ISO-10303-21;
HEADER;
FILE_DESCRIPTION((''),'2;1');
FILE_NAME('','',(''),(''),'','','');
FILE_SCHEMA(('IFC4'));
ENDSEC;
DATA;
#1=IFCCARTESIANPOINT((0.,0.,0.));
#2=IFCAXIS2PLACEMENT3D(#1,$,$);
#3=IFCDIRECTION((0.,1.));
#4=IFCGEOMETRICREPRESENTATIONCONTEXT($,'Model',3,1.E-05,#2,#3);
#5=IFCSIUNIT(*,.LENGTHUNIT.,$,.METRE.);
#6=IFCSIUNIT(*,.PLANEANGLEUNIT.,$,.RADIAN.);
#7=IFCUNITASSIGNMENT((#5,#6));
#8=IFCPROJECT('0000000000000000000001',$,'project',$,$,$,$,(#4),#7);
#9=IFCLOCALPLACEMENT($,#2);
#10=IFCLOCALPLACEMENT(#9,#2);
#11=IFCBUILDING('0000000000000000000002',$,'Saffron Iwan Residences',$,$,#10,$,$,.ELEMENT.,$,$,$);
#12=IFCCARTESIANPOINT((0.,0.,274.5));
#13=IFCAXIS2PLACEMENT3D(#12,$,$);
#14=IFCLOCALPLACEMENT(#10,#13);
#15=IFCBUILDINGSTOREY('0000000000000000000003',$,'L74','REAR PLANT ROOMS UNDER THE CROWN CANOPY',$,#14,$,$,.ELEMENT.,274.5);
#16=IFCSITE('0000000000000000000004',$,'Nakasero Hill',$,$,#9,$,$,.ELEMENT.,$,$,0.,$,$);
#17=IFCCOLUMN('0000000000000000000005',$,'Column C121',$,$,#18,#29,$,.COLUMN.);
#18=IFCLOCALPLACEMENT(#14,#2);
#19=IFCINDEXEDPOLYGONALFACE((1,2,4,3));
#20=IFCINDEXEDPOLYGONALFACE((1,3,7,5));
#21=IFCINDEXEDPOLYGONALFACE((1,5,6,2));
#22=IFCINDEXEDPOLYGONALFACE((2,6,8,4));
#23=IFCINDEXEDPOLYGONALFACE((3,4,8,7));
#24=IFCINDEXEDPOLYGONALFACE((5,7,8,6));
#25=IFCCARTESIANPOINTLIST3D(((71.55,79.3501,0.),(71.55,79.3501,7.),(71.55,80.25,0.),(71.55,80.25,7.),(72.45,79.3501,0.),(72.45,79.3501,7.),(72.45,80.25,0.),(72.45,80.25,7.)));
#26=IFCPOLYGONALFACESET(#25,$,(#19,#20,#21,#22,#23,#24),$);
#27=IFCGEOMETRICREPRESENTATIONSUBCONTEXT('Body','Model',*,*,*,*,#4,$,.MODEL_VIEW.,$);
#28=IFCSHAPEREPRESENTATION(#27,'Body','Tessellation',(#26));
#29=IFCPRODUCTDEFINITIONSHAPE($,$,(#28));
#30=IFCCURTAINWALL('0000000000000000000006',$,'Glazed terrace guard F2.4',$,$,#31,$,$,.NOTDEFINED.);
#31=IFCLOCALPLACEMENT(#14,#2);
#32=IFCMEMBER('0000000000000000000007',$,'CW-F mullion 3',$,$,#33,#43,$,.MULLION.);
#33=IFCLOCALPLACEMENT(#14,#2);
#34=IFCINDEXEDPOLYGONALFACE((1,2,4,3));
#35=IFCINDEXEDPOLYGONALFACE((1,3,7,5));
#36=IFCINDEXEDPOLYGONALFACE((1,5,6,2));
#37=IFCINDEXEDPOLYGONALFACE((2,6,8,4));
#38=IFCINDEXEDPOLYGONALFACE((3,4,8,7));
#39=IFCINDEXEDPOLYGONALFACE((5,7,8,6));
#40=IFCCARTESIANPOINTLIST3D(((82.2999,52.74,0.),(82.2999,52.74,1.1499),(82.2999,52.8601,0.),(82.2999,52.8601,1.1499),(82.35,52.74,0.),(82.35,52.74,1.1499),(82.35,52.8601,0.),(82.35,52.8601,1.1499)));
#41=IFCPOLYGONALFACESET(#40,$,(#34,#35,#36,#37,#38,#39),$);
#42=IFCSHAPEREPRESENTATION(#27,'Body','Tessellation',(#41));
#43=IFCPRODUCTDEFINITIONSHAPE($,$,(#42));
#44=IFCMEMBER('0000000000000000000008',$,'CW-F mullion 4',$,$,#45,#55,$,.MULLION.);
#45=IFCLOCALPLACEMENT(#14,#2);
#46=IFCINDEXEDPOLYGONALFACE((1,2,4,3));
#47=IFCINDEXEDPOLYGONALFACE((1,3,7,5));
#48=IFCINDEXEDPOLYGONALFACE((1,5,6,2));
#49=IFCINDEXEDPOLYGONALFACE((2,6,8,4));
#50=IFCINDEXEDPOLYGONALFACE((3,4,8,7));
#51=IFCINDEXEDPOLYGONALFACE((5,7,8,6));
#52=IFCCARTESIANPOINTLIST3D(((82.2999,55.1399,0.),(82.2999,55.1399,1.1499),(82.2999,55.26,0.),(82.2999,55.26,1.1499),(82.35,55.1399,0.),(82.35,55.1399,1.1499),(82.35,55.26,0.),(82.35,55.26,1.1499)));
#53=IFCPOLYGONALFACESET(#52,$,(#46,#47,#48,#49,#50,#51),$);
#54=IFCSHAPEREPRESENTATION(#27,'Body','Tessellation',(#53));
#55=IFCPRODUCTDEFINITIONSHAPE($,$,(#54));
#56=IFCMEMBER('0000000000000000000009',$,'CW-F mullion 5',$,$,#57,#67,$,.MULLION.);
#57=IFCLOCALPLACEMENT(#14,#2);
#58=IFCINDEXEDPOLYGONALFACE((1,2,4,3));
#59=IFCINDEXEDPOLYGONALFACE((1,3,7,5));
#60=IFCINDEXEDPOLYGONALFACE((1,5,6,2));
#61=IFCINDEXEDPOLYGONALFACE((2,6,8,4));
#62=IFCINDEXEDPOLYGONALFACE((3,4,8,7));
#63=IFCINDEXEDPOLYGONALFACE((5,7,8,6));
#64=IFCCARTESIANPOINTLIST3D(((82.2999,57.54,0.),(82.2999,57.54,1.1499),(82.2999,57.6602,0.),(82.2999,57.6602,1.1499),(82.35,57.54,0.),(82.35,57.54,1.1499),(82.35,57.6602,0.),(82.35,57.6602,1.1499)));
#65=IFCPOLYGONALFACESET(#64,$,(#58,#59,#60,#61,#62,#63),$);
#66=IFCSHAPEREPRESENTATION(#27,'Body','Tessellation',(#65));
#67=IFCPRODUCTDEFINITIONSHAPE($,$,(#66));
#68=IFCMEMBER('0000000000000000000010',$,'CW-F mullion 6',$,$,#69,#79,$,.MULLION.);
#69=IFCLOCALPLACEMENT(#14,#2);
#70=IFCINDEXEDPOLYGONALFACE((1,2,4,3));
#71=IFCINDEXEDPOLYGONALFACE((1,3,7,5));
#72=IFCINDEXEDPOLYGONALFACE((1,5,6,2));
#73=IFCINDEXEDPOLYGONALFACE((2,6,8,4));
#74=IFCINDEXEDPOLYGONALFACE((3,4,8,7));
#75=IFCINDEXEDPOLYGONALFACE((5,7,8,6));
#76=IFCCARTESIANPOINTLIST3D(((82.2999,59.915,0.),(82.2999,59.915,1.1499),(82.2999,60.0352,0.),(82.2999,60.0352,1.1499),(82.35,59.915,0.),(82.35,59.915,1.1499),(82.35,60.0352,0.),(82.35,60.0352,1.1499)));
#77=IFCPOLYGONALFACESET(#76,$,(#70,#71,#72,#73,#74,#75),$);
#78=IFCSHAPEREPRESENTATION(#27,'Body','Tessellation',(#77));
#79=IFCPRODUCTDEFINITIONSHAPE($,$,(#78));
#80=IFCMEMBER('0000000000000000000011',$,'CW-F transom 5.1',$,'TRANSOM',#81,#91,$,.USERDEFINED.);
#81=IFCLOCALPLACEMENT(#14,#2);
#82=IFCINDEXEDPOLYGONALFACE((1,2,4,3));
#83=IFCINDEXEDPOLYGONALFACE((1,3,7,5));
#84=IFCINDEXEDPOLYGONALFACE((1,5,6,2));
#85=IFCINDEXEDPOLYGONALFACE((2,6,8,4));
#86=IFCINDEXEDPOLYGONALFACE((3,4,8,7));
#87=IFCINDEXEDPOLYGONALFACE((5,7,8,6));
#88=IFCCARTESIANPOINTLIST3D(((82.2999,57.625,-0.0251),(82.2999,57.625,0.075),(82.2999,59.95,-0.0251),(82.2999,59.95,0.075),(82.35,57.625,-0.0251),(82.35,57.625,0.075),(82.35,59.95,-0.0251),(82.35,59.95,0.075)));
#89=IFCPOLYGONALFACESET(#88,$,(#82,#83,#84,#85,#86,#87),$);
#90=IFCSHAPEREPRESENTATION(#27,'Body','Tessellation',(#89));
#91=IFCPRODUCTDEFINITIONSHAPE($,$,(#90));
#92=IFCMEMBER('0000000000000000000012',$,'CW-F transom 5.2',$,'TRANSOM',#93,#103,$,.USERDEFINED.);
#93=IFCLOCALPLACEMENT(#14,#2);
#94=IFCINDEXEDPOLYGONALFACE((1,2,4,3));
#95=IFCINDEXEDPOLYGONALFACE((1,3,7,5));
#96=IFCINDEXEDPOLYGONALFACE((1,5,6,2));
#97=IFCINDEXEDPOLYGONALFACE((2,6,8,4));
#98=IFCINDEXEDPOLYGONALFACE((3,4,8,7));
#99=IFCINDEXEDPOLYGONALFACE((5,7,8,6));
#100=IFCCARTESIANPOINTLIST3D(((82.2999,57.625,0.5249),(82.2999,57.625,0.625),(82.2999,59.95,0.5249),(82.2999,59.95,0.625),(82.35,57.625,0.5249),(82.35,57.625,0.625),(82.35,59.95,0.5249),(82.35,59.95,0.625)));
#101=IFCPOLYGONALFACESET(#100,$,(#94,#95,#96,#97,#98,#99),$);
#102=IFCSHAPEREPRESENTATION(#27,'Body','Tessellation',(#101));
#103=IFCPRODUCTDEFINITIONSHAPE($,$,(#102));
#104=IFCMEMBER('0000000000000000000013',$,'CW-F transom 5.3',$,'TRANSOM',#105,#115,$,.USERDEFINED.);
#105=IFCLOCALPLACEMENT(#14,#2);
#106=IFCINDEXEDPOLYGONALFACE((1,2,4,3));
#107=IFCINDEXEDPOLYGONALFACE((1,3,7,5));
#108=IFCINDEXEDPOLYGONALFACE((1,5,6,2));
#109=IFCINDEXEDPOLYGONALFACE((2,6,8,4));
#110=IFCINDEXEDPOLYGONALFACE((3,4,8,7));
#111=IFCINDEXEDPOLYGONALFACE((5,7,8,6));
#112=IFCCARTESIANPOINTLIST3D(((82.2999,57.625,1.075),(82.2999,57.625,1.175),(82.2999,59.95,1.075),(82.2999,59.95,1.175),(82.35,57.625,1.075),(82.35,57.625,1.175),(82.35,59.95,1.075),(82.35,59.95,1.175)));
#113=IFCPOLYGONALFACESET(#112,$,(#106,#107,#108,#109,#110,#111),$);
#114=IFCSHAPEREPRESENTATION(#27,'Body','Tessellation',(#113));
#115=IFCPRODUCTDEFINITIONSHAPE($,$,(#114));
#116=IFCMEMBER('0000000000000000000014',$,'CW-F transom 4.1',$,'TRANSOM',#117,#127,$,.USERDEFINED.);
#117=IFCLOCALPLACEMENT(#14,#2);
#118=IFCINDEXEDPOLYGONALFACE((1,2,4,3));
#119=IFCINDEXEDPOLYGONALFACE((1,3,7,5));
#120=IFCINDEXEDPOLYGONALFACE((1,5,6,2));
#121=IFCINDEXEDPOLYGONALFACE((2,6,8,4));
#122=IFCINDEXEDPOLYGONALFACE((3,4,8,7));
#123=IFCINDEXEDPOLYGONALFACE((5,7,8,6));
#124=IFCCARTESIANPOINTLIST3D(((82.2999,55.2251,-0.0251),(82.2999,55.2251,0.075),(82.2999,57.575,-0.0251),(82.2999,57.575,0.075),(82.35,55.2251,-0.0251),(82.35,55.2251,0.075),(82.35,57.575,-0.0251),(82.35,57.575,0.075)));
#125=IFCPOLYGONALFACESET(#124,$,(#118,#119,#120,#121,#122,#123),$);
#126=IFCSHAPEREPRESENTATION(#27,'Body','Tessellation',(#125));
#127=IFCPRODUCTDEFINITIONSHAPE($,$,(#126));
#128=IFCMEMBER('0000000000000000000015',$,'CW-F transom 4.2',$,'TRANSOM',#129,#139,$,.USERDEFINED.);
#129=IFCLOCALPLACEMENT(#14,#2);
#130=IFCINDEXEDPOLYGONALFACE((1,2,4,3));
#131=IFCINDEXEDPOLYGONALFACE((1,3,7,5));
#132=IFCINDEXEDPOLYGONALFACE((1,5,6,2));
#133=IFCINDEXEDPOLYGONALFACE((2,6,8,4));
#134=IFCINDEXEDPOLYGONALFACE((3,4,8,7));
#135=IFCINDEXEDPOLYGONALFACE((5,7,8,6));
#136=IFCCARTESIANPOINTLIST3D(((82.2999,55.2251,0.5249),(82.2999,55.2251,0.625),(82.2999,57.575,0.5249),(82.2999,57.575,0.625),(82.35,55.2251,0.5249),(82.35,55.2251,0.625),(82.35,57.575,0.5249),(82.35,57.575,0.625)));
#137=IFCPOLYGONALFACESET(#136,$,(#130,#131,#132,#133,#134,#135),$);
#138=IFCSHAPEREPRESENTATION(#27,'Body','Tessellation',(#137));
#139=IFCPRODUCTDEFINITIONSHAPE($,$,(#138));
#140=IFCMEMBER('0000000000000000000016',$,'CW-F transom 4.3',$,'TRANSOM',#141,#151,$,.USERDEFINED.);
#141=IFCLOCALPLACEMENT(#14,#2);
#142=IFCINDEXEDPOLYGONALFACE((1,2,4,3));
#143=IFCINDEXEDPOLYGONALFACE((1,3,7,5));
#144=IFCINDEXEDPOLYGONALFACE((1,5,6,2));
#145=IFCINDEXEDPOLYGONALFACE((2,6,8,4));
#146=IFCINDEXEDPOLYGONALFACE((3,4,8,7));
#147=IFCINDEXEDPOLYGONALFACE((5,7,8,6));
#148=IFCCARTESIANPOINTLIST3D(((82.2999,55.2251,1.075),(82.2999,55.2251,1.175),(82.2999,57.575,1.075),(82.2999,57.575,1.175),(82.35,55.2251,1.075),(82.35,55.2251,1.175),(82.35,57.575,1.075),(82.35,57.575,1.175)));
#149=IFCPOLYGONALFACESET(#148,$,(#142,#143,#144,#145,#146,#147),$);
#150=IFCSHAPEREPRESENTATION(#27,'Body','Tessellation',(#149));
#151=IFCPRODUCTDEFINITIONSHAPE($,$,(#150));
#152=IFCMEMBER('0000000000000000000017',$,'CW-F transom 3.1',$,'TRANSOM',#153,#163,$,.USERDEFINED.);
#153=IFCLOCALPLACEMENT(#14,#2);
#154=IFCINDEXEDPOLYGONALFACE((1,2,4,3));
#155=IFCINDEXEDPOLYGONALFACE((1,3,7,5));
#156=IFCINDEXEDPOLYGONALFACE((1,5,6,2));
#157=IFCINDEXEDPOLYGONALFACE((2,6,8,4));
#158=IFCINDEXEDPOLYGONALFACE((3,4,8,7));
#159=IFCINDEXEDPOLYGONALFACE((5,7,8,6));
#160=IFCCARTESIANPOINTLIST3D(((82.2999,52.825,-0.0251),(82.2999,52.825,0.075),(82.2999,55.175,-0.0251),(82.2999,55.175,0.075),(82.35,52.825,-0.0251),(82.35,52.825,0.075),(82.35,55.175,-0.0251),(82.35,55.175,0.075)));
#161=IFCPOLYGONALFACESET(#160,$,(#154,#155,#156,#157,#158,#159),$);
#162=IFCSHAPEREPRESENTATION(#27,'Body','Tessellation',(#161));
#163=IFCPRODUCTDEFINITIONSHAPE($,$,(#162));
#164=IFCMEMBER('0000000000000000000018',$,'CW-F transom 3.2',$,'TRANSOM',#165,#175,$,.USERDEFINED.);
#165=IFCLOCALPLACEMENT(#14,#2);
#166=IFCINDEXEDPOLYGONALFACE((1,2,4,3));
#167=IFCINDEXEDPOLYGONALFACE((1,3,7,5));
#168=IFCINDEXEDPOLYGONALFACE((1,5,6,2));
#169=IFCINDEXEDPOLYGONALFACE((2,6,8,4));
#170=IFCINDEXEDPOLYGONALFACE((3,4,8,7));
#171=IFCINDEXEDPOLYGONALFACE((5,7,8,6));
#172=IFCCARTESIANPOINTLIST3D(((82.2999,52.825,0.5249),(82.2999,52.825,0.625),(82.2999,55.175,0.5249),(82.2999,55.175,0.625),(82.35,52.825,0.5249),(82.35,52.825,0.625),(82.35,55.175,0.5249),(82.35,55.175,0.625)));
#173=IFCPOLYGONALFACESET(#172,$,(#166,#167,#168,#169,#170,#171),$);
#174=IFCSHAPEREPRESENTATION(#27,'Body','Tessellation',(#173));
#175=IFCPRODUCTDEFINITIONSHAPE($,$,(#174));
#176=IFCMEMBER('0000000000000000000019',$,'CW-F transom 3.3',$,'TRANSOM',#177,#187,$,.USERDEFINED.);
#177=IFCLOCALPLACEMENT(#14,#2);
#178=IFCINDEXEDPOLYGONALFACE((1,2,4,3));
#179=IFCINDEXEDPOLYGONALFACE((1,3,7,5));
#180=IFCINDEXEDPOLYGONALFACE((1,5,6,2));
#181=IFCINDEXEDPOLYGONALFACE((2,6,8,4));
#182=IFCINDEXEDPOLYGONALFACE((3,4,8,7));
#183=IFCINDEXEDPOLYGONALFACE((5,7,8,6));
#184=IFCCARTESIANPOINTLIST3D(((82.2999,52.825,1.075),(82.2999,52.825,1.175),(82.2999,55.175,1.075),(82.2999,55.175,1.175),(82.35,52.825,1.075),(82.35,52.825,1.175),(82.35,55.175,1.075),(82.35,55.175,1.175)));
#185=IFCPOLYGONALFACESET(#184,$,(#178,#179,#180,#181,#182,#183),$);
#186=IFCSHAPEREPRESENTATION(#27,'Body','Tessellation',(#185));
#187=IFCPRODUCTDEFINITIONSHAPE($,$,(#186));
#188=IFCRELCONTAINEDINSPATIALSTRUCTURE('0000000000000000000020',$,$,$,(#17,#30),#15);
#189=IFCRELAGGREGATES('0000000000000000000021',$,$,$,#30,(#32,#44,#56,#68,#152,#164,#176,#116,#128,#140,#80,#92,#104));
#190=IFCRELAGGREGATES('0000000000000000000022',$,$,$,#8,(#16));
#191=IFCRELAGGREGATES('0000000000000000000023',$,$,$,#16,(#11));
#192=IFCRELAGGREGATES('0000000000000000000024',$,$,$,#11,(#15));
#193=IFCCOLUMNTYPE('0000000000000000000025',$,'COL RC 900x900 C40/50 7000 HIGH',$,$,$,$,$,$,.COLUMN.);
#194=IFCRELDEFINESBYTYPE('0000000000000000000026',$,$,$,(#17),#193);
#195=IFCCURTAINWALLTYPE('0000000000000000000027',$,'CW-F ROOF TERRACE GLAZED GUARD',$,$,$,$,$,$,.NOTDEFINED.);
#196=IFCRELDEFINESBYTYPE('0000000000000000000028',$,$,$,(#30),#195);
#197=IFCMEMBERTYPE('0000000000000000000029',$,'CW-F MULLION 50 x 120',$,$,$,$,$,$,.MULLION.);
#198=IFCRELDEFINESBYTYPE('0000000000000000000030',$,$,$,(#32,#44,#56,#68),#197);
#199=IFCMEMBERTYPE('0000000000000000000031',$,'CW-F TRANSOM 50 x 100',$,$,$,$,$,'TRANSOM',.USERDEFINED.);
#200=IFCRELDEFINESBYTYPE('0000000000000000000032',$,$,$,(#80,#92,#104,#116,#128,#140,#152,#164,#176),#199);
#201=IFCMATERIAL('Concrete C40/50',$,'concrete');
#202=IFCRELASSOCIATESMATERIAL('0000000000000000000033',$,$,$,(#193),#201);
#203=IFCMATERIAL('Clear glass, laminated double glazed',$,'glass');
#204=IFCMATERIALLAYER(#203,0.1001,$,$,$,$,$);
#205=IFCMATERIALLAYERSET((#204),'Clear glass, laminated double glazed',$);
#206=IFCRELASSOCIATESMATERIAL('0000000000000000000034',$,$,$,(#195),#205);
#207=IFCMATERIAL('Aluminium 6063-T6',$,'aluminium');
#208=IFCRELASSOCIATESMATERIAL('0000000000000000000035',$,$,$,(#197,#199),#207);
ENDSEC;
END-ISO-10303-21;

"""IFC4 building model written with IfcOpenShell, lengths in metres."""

from ifc_helpers import new_model, si_unit, direction, frame, origin, origin_2d, place, context, subcontext, project, spatial, rectangle, extrude, source, transform, mapped, material, layer, layer_set, material_profile, profile_set, type_object, element, aggregate, save


model = new_model("IFC4")

# Units and contexts
model_context = context("Model", 3, precision=1e-05, world=origin(), true_north=direction((0.0, 1.0)))
body_context = subcontext(model_context, "Body", "Model", "MODEL_VIEW")
ifc_project = project(units=[si_unit("LENGTHUNIT", "METRE"), si_unit("PLANEANGLEUNIT", "RADIAN")], contexts=[model_context])

# Site, building, storey
site_placement = place(None, origin())
site = spatial("IfcSite", under=ifc_project, at=site_placement, Name="Nakasero Hill", CompositionType="ELEMENT", RefElevation=0.0)
building_placement = place(site_placement, origin())
building = spatial("IfcBuilding", under=site, at=building_placement, Name="Saffron Iwan Residences", CompositionType="ELEMENT")
storey_placement = place(building_placement, frame((0.0, 0.0, 274.5)))
storey = spatial("IfcBuildingStorey", under=building, at=storey_placement, Name="L74", Description="REAR PLANT ROOMS UNDER THE CROWN CANOPY", CompositionType="ELEMENT", Elevation=274.5)

# Column
ifc_material_1 = material(Name="Concrete C40/50", Category="concrete")
ifc_material_profile_1 = material_profile(ifc_material_1, rectangle(XDim=0.8999, YDim=0.8999, at=origin_2d()), Name="RC 900x900")
ifc_profile_set_1 = profile_set([ifc_material_profile_1], Name="Concrete C40/50")
column_type = type_object("IfcColumnType", Name="COL RC 900x900 C40/50 7000 HIGH", PredefinedType="COLUMN", material=ifc_profile_set_1)
shared_shape_1 = source(origin(), body_context, "Body", "SweptSolid", [
    extrude(rectangle(XDim=0.8999, YDim=0.8999, at=origin_2d()), origin(), (0.0, 0.0, 1.0), 7.0),
])
column_placement = place(storey_placement, frame((72.0, 79.8, 0.0), z_axis=(0.0, 0.0, 1.0), x_axis=(1.0, 0.0, 0.0)))
element("IfcColumn", 1, at=column_placement, inside=storey, type_object=column_type, Name="Column C121", PredefinedType="COLUMN", context=body_context, shape_type="MappedRepresentation", body=[
    mapped(shared_shape_1, transform((0.0, 0.0, 0.0))),
])

# Curtain wall, members
ifc_material_2 = material(Name="Clear glass, laminated double glazed", Category="glass")
ifc_layer_1 = layer(ifc_material_2, 0.1001)
ifc_layer_set_1 = layer_set([ifc_layer_1], Name="Clear glass, laminated double glazed")
curtain_wall_type = type_object("IfcCurtainWallType", Name="CW-F ROOF TERRACE GLAZED GUARD", PredefinedType="NOTDEFINED", material=ifc_layer_set_1)
curtain_wall_placement = place(storey_placement, origin())
curtain_wall = element("IfcCurtainWall", 2, at=curtain_wall_placement, inside=storey, type_object=curtain_wall_type, Name="Glazed terrace guard F2.4", PredefinedType="NOTDEFINED")
ifc_material_3 = material(Name="Aluminium 6063-T6", Category="aluminium")
ifc_material_profile_2 = material_profile(ifc_material_3, rectangle(XDim=0.05, YDim=0.1201, at=origin_2d()), Name="CW-F MULLION 50 x 120")
ifc_profile_set_2 = profile_set([ifc_material_profile_2], Name="Aluminium 6063-T6")
member_type_1 = type_object("IfcMemberType", Name="CW-F MULLION 50 x 120", PredefinedType="MULLION", material=ifc_profile_set_2)
shared_shape_2 = source(origin(), body_context, "Body", "SweptSolid", [
    extrude(rectangle(XDim=0.05, YDim=0.1201, at=origin_2d()), origin(), (0.0, 0.0, 1.0), 1.1499),
])
member_1_placement = place(storey_placement, frame((82.325, 52.8, 0.0), z_axis=(0.0, 0.0, 1.0), x_axis=(-1.0, 0.0, 0.0)))
member_1 = element("IfcMember", 3, at=member_1_placement, type_object=member_type_1, Name="CW-F mullion 3", PredefinedType="MULLION", context=body_context, shape_type="MappedRepresentation", body=[
    mapped(shared_shape_2, transform((0.0, 0.0, 0.0))),
])
member_2_placement = place(storey_placement, frame((82.325, 55.2, 0.0), z_axis=(0.0, 0.0, 1.0), x_axis=(-1.0, 0.0, 0.0)))
member_2 = element("IfcMember", 4, at=member_2_placement, type_object=member_type_1, Name="CW-F mullion 4", PredefinedType="MULLION", context=body_context, shape_type="MappedRepresentation", body=[
    mapped(shared_shape_2, transform((0.0, 0.0, 0.0))),
])
member_3_placement = place(storey_placement, frame((82.325, 57.6001, 0.0), z_axis=(0.0, 0.0, 1.0), x_axis=(-1.0, 0.0, 0.0)))
member_3 = element("IfcMember", 5, at=member_3_placement, type_object=member_type_1, Name="CW-F mullion 5", PredefinedType="MULLION", context=body_context, shape_type="MappedRepresentation", body=[
    mapped(shared_shape_2, transform((0.0, 0.0, 0.0))),
])
member_4_placement = place(storey_placement, frame((82.325, 59.9751, 0.0), z_axis=(0.0, 0.0, 1.0), x_axis=(-1.0, 0.0, 0.0)))
member_4 = element("IfcMember", 6, at=member_4_placement, type_object=member_type_1, Name="CW-F mullion 6", PredefinedType="MULLION", context=body_context, shape_type="MappedRepresentation", body=[
    mapped(shared_shape_2, transform((0.0, 0.0, 0.0))),
])
ifc_material_profile_3 = material_profile(ifc_material_3, rectangle(XDim=0.05, YDim=0.1001, at=origin_2d()), Name="CW-F TRANSOM 50 x 100")
ifc_profile_set_3 = profile_set([ifc_material_profile_3], Name="Aluminium 6063-T6")
member_type_2 = type_object("IfcMemberType", Name="CW-F TRANSOM 50 x 100", ElementType="TRANSOM", PredefinedType="USERDEFINED", material=ifc_profile_set_3)
shared_shape_3 = source(origin(), body_context, "Body", "SweptSolid", [
    extrude(rectangle(XDim=0.05, YDim=0.1001, at=origin_2d()), origin(), (0.0, 0.0, 1.0), 2.325),
])
member_5_placement = place(storey_placement, frame((82.325, 57.625, 0.0249), z_axis=(0.0, 1.0, 0.0), x_axis=(-1.0, 0.0, 0.0)))
member_5 = element("IfcMember", 7, at=member_5_placement, type_object=member_type_2, Name="CW-F transom 5.1", ObjectType="TRANSOM", PredefinedType="USERDEFINED", context=body_context, shape_type="MappedRepresentation", body=[
    mapped(shared_shape_3, transform((0.0, 0.0, 0.0))),
])
member_6_placement = place(storey_placement, frame((82.325, 57.625, 0.575), z_axis=(0.0, 1.0, 0.0), x_axis=(-1.0, 0.0, 0.0)))
member_6 = element("IfcMember", 8, at=member_6_placement, type_object=member_type_2, Name="CW-F transom 5.2", ObjectType="TRANSOM", PredefinedType="USERDEFINED", context=body_context, shape_type="MappedRepresentation", body=[
    mapped(shared_shape_3, transform((0.0, 0.0, 0.0))),
])
member_7_placement = place(storey_placement, frame((82.325, 57.625, 1.125), z_axis=(0.0, 1.0, 0.0), x_axis=(-1.0, 0.0, 0.0)))
member_7 = element("IfcMember", 9, at=member_7_placement, type_object=member_type_2, Name="CW-F transom 5.3", ObjectType="TRANSOM", PredefinedType="USERDEFINED", context=body_context, shape_type="MappedRepresentation", body=[
    mapped(shared_shape_3, transform((0.0, 0.0, 0.0))),
])
shared_shape_4 = source(origin(), body_context, "Body", "SweptSolid", [
    extrude(rectangle(XDim=0.05, YDim=0.1001, at=origin_2d()), origin(), (0.0, 0.0, 1.0), 2.3499),
])
member_8_placement = place(storey_placement, frame((82.325, 55.2251, 0.0249), z_axis=(0.0, 1.0, 0.0), x_axis=(-1.0, 0.0, 0.0)))
member_8 = element("IfcMember", 10, at=member_8_placement, type_object=member_type_2, Name="CW-F transom 4.1", ObjectType="TRANSOM", PredefinedType="USERDEFINED", context=body_context, shape_type="MappedRepresentation", body=[
    mapped(shared_shape_4, transform((0.0, 0.0, 0.0))),
])
member_9_placement = place(storey_placement, frame((82.325, 55.2251, 0.575), z_axis=(0.0, 1.0, 0.0), x_axis=(-1.0, 0.0, 0.0)))
member_9 = element("IfcMember", 11, at=member_9_placement, type_object=member_type_2, Name="CW-F transom 4.2", ObjectType="TRANSOM", PredefinedType="USERDEFINED", context=body_context, shape_type="MappedRepresentation", body=[
    mapped(shared_shape_4, transform((0.0, 0.0, 0.0))),
])
member_10_placement = place(storey_placement, frame((82.325, 55.2251, 1.125), z_axis=(0.0, 1.0, 0.0), x_axis=(-1.0, 0.0, 0.0)))
member_10 = element("IfcMember", 12, at=member_10_placement, type_object=member_type_2, Name="CW-F transom 4.3", ObjectType="TRANSOM", PredefinedType="USERDEFINED", context=body_context, shape_type="MappedRepresentation", body=[
    mapped(shared_shape_4, transform((0.0, 0.0, 0.0))),
])
shared_shape_5 = source(origin(), body_context, "Body", "SweptSolid", [
    extrude(rectangle(XDim=0.05, YDim=0.1001, at=origin_2d()), origin(), (0.0, 0.0, 1.0), 2.3501),
])
member_11_placement = place(storey_placement, frame((82.325, 52.825, 0.0249), z_axis=(0.0, 1.0, 0.0), x_axis=(-1.0, 0.0, 0.0)))
member_11 = element("IfcMember", 13, at=member_11_placement, type_object=member_type_2, Name="CW-F transom 3.1", ObjectType="TRANSOM", PredefinedType="USERDEFINED", context=body_context, shape_type="MappedRepresentation", body=[
    mapped(shared_shape_5, transform((0.0, 0.0, 0.0))),
])
member_12_placement = place(storey_placement, frame((82.325, 52.825, 0.575), z_axis=(0.0, 1.0, 0.0), x_axis=(-1.0, 0.0, 0.0)))
member_12 = element("IfcMember", 14, at=member_12_placement, type_object=member_type_2, Name="CW-F transom 3.2", ObjectType="TRANSOM", PredefinedType="USERDEFINED", context=body_context, shape_type="MappedRepresentation", body=[
    mapped(shared_shape_5, transform((0.0, 0.0, 0.0))),
])
member_13_placement = place(storey_placement, frame((82.325, 52.825, 1.125), z_axis=(0.0, 1.0, 0.0), x_axis=(-1.0, 0.0, 0.0)))
member_13 = element("IfcMember", 15, at=member_13_placement, type_object=member_type_2, Name="CW-F transom 3.3", ObjectType="TRANSOM", PredefinedType="USERDEFINED", context=body_context, shape_type="MappedRepresentation", body=[
    mapped(shared_shape_5, transform((0.0, 0.0, 0.0))),
])
aggregate(curtain_wall, [member_1, member_2, member_3, member_4, member_11, member_12, member_13, member_8, member_9, member_10, member_5, member_6, member_7])

save(model, "model.ifc")
